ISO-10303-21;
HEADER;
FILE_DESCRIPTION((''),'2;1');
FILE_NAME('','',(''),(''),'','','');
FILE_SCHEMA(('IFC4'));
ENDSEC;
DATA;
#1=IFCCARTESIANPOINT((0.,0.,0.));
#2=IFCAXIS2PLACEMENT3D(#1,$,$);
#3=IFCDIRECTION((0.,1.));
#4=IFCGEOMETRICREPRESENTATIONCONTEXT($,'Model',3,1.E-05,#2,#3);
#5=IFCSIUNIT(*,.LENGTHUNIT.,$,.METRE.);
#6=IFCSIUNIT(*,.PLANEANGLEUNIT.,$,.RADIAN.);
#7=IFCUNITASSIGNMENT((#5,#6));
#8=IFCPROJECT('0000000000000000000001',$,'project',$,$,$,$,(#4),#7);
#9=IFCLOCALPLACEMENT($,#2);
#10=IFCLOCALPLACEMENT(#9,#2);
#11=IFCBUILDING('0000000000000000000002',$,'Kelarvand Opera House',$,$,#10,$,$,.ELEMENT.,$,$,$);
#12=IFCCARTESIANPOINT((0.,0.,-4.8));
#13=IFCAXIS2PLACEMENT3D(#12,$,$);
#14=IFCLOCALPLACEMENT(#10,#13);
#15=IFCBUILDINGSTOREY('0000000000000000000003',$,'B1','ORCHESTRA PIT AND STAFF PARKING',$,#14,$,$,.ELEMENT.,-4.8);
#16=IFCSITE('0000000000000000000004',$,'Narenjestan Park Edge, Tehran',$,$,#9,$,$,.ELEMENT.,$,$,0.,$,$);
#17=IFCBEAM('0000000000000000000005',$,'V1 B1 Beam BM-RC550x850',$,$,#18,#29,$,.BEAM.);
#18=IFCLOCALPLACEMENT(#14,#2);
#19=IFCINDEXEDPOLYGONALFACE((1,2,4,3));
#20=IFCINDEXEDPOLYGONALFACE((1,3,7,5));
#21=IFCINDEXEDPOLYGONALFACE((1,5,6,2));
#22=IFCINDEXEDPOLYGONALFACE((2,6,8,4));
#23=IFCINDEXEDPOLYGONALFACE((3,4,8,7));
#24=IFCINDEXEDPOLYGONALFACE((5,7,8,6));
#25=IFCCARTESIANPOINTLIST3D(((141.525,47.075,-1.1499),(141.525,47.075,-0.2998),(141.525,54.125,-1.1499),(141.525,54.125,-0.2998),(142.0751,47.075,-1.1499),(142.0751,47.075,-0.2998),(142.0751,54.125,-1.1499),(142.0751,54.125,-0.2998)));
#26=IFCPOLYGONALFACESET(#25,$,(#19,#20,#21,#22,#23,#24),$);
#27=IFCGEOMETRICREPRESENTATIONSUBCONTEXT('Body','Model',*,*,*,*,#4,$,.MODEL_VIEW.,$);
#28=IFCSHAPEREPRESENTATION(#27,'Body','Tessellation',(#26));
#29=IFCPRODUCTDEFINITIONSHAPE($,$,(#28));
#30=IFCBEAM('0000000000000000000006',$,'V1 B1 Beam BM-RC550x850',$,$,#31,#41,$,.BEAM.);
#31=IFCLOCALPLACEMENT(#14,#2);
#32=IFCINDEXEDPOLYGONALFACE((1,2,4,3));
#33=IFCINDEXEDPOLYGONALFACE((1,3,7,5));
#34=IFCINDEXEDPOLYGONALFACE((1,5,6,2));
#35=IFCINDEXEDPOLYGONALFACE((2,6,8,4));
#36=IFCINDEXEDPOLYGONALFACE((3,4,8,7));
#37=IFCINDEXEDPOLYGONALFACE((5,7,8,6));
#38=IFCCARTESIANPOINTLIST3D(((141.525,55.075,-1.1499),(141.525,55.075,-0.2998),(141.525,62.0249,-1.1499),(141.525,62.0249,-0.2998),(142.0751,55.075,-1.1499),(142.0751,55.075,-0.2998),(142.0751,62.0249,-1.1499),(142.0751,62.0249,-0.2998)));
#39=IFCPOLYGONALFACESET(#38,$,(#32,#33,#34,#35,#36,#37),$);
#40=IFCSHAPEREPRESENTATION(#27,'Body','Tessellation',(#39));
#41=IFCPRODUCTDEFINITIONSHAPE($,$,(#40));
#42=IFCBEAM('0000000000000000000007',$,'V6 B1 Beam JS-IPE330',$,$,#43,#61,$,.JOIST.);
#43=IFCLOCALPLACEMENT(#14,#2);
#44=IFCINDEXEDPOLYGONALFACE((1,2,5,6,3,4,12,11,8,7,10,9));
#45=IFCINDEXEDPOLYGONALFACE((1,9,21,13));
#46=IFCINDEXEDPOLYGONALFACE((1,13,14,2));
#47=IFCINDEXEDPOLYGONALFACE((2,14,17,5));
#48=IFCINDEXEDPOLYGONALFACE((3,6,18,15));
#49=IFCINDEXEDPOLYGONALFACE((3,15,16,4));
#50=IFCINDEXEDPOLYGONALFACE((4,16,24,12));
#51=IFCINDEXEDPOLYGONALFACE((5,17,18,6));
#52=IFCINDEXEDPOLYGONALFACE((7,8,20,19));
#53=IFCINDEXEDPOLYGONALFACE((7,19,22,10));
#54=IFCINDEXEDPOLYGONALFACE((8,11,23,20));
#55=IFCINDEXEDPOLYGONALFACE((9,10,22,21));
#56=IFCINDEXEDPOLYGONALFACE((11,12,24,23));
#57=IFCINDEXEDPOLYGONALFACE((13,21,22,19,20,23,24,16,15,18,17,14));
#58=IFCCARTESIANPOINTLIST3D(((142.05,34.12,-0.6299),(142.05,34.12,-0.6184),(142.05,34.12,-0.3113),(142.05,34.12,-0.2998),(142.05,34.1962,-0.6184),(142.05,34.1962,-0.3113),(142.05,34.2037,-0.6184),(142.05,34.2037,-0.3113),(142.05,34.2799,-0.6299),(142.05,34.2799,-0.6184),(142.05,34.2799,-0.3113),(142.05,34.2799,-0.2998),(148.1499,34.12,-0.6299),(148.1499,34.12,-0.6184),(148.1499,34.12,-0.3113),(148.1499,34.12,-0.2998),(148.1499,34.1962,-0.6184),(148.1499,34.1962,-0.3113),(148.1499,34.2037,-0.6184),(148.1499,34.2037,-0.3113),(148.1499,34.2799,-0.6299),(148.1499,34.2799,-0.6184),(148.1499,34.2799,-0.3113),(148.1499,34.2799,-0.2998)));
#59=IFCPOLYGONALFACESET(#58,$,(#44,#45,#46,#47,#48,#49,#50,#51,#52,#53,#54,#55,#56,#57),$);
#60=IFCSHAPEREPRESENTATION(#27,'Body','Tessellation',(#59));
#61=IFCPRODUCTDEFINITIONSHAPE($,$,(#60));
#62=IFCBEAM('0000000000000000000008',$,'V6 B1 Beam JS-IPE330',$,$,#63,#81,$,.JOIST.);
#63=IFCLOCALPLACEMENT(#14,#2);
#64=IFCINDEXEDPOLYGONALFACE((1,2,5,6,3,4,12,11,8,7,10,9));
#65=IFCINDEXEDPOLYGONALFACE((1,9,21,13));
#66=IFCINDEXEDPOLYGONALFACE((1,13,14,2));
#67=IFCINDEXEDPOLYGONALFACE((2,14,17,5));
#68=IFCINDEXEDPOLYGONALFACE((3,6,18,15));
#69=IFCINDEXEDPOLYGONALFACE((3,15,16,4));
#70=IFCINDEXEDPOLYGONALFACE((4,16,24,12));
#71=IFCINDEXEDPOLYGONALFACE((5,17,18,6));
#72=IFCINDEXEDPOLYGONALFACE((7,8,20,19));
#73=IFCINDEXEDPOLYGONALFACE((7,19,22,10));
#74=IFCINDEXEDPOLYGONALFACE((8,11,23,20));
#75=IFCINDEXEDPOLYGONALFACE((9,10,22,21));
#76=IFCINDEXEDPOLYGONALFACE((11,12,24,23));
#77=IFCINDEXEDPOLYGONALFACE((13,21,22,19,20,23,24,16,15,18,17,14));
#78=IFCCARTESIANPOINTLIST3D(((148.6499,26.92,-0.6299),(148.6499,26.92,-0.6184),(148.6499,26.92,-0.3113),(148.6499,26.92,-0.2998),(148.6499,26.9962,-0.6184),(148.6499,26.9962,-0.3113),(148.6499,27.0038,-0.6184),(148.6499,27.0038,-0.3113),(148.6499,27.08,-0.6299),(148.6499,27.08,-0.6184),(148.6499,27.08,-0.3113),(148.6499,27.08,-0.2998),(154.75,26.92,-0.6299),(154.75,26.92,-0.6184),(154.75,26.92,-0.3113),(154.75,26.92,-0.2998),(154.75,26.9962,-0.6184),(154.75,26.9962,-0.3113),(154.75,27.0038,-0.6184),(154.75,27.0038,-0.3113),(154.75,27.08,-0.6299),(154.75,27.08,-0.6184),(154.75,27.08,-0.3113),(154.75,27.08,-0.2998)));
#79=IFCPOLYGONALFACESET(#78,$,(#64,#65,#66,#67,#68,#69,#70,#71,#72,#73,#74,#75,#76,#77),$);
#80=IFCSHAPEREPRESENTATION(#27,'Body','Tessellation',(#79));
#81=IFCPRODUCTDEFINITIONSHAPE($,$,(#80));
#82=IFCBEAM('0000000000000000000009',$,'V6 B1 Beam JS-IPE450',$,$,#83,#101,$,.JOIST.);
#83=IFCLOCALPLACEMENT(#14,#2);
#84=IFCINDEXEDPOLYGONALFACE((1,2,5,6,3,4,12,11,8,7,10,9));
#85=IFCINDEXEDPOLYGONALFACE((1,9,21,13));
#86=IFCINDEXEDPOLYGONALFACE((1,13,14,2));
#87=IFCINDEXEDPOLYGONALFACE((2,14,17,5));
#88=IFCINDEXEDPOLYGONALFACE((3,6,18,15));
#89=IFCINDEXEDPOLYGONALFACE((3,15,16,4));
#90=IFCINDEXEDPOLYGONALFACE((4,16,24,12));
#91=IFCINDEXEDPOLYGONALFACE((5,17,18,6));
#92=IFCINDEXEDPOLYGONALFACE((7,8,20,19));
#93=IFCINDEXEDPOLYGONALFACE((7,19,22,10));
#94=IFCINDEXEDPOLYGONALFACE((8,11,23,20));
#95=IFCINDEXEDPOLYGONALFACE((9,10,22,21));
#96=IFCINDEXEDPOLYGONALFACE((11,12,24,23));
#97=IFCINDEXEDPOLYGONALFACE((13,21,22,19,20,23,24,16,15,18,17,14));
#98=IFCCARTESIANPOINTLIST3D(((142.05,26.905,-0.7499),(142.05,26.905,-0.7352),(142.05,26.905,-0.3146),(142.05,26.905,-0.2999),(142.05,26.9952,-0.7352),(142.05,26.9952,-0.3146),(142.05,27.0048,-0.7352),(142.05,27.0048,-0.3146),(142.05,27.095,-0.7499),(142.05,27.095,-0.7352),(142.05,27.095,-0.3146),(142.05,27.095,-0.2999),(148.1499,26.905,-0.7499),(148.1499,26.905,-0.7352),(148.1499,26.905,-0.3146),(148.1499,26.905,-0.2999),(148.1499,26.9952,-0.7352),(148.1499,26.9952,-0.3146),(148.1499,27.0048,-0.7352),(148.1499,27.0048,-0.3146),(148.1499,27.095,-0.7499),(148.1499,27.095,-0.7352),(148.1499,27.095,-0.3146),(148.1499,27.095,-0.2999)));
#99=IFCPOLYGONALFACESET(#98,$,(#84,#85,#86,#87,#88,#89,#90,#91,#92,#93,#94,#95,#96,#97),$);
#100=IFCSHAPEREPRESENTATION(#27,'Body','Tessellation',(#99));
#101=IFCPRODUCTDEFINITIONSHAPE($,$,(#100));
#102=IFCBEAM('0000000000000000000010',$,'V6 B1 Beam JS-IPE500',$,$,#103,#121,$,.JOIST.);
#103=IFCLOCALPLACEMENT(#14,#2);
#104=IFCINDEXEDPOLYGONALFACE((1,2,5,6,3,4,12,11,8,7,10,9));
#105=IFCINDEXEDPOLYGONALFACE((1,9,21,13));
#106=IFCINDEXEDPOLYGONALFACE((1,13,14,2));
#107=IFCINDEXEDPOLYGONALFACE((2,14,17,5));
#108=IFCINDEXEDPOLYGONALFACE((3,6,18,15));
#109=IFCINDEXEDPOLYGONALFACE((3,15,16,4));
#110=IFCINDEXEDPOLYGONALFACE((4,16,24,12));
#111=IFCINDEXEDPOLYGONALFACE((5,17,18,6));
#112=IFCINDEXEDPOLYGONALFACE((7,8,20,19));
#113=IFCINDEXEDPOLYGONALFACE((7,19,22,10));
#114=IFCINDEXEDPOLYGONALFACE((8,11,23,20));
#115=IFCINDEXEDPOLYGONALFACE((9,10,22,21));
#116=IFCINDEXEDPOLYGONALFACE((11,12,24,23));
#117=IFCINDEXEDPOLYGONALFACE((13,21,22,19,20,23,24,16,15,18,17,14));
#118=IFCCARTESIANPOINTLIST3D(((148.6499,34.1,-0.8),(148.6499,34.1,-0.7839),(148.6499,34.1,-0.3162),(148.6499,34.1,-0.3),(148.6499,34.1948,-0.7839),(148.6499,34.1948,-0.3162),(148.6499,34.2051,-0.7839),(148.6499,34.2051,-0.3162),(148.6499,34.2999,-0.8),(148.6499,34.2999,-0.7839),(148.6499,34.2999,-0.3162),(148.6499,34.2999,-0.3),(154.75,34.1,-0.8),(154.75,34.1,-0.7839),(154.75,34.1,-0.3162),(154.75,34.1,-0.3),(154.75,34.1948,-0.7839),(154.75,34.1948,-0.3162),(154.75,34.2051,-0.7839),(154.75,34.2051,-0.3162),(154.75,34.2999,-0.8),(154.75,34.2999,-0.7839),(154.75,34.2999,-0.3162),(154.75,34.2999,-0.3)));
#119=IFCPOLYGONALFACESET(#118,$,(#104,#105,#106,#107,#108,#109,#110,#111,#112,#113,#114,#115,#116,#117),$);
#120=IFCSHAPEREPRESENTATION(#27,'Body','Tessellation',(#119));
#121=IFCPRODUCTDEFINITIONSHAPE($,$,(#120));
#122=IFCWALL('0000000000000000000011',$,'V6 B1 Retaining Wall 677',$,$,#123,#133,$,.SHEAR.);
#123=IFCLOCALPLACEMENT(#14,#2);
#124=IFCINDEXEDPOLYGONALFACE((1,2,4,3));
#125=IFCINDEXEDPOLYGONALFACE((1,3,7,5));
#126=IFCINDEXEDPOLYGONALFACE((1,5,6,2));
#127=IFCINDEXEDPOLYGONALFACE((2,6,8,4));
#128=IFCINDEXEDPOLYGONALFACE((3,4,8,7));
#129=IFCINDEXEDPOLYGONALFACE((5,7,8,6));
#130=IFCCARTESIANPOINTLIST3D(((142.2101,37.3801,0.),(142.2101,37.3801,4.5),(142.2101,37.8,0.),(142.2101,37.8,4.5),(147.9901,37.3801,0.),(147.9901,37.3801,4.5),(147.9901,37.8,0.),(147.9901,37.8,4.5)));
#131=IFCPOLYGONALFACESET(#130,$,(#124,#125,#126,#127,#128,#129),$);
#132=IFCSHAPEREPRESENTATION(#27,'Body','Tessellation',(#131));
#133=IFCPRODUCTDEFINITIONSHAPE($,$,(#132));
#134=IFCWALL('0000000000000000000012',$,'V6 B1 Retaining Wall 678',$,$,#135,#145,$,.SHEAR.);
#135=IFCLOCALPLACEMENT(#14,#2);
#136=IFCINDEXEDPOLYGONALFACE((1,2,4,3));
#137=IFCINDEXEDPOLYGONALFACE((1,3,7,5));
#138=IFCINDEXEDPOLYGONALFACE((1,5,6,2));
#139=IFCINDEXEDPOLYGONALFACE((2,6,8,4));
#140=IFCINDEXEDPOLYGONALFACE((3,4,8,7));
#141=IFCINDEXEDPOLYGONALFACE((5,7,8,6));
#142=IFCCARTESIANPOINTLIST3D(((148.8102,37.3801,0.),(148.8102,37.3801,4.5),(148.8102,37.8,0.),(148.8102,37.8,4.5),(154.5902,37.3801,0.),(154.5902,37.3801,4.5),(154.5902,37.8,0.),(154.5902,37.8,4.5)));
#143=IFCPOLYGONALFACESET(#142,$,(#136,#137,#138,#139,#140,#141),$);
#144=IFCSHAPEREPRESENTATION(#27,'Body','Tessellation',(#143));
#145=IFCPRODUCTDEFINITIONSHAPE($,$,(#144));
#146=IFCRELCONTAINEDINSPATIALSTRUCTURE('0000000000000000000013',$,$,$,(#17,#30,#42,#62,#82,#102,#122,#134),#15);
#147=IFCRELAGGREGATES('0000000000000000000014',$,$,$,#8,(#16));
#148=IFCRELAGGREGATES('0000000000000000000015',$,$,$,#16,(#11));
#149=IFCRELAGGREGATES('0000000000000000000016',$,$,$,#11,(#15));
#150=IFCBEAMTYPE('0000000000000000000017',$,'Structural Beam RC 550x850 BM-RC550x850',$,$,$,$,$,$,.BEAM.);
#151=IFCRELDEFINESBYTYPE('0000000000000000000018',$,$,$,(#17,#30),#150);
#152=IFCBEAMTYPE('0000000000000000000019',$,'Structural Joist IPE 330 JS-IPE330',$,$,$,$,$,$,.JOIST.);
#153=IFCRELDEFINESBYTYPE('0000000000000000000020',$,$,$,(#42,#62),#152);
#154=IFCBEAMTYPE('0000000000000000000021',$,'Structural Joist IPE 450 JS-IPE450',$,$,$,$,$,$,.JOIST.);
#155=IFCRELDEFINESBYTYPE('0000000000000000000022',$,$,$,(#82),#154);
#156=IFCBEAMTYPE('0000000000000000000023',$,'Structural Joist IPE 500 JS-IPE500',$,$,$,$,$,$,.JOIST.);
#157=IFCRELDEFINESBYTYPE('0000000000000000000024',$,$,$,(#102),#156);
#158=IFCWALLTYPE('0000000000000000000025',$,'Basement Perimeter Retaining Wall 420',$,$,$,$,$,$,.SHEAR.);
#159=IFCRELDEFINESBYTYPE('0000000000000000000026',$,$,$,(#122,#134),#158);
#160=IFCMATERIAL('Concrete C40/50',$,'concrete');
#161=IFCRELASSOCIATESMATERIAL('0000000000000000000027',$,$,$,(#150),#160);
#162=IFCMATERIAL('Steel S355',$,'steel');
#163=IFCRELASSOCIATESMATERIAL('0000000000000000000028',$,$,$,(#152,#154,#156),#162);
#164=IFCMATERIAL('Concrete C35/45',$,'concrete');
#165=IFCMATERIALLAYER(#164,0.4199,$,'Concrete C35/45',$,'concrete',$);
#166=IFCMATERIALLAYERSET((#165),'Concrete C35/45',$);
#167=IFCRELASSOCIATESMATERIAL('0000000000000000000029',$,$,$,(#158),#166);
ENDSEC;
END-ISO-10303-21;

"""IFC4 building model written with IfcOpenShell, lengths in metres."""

from ifc_helpers import new_model, si_unit, direction, frame, frame_2d, origin, origin_2d, place, context, subcontext, project, spatial, rectangle, i_section, extrude, material, layer, layer_set, material_profile, profile_set, type_object, element, save


model = new_model("IFC4")

# Units and contexts
model_context = context("Model", 3, precision=1e-05, world=origin(), true_north=direction((0.0, 1.0)))
body_context = subcontext(model_context, "Body", "Model", "MODEL_VIEW")
ifc_project = project(units=[si_unit("LENGTHUNIT", "METRE"), si_unit("PLANEANGLEUNIT", "RADIAN")], contexts=[model_context])

# Site, building, storey
site_placement = place(None, origin())
site = spatial("IfcSite", under=ifc_project, at=site_placement, Name="Narenjestan Park Edge, Tehran", CompositionType="ELEMENT", RefElevation=0.0)
building_placement = place(site_placement, origin())
building = spatial("IfcBuilding", under=site, at=building_placement, Name="Kelarvand Opera House", CompositionType="ELEMENT")
storey_placement = place(building_placement, frame((0.0, 0.0, -4.8)))
storey = spatial("IfcBuildingStorey", under=building, at=storey_placement, Name="B1", Description="ORCHESTRA PIT AND STAFF PARKING", CompositionType="ELEMENT", Elevation=-4.8)

# Shared definitions
ifc_material_1 = material(Name="Concrete C40/50", Category="concrete")

# Beams
ifc_material_profile_1 = material_profile(ifc_material_1, rectangle(XDim=0.55, YDim=0.8501, at=origin_2d()), Name="RC 550x850", Category="concrete")
ifc_profile_set_1 = profile_set([ifc_material_profile_1], Name="Concrete C40/50")
beam_type_1 = type_object("IfcBeamType", Name="Structural Beam RC 550x850 BM-RC550x850", PredefinedType="BEAM", material=ifc_profile_set_1)
beam_1_placement = place(storey_placement, frame((141.8, 47.075, -0.7249), z_axis=(0.0, 1.0, 0.0), x_axis=(-1.0, 0.0, 0.0)))
element("IfcBeam", 1, at=beam_1_placement, inside=storey, type_object=beam_type_1, Name="V1 B1 Beam BM-RC550x850", PredefinedType="BEAM", context=body_context, shape_type="SweptSolid", body=[
    extrude(rectangle(XDim=0.55, YDim=0.8501, at=origin_2d()), origin(), (0.0, 0.0, 1.0), 7.05),
])
beam_2_placement = place(storey_placement, frame((141.8, 55.075, -0.7249), z_axis=(0.0, 1.0, 0.0), x_axis=(-1.0, 0.0, 0.0)))
element("IfcBeam", 2, at=beam_2_placement, inside=storey, type_object=beam_type_1, Name="V1 B1 Beam BM-RC550x850", PredefinedType="BEAM", context=body_context, shape_type="SweptSolid", body=[
    extrude(rectangle(XDim=0.55, YDim=0.8501, at=origin_2d()), origin(), (0.0, 0.0, 1.0), 6.95),
])
ifc_material_2 = material(Name="Steel S355", Category="steel")
ifc_material_profile_2 = material_profile(ifc_material_2, i_section(OverallWidth=0.1599, OverallDepth=0.3301, WebThickness=0.0076, FlangeThickness=0.0115, at=origin_2d()), Name="IPE 330", Category="steel")
ifc_profile_set_2 = profile_set([ifc_material_profile_2], Name="Steel S355")
beam_type_2 = type_object("IfcBeamType", Name="Structural Joist IPE 330 JS-IPE330", PredefinedType="JOIST", material=ifc_profile_set_2)
beam_3_placement = place(storey_placement, frame((142.05, 34.2, -0.4648), z_axis=(1.0, 0.0, 0.0), x_axis=(0.0, 1.0, 0.0)))
element("IfcBeam", 3, at=beam_3_placement, inside=storey, type_object=beam_type_2, Name="V6 B1 Beam JS-IPE330", PredefinedType="JOIST", context=body_context, shape_type="SweptSolid", body=[
    extrude(i_section(OverallWidth=0.1599, OverallDepth=0.3301, WebThickness=0.0076, FlangeThickness=0.0115, at=origin_2d()), origin(), (0.0, 0.0, 1.0), 6.0999),
])
beam_4_placement = place(storey_placement, frame((148.6499, 27.0, -0.4648), z_axis=(1.0, 0.0, 0.0), x_axis=(0.0, 1.0, 0.0)))
element("IfcBeam", 4, at=beam_4_placement, inside=storey, type_object=beam_type_2, Name="V6 B1 Beam JS-IPE330", PredefinedType="JOIST", context=body_context, shape_type="SweptSolid", body=[
    extrude(i_section(OverallWidth=0.1599, OverallDepth=0.3301, WebThickness=0.0076, FlangeThickness=0.0115, at=origin_2d()), origin(), (0.0, 0.0, 1.0), 6.1001),
])
ifc_material_profile_3 = material_profile(ifc_material_2, i_section(OverallWidth=0.1899, OverallDepth=0.45, WebThickness=0.0095, FlangeThickness=0.0146, at=origin_2d()), Name="IPE 450", Category="steel")
ifc_profile_set_3 = profile_set([ifc_material_profile_3], Name="Steel S355")
beam_type_3 = type_object("IfcBeamType", Name="Structural Joist IPE 450 JS-IPE450", PredefinedType="JOIST", material=ifc_profile_set_3)
beam_5_placement = place(storey_placement, frame((142.05, 27.0, -0.5249), z_axis=(1.0, 0.0, 0.0), x_axis=(0.0, 1.0, 0.0)))
element("IfcBeam", 5, at=beam_5_placement, inside=storey, type_object=beam_type_3, Name="V6 B1 Beam JS-IPE450", PredefinedType="JOIST", context=body_context, shape_type="SweptSolid", body=[
    extrude(i_section(OverallWidth=0.1899, OverallDepth=0.45, WebThickness=0.0095, FlangeThickness=0.0146, at=origin_2d()), origin(), (0.0, 0.0, 1.0), 6.0999),
])
ifc_material_profile_4 = material_profile(ifc_material_2, i_section(OverallWidth=0.2, OverallDepth=0.5, WebThickness=0.0103, FlangeThickness=0.0161, at=origin_2d()), Name="IPE 500", Category="steel")
ifc_profile_set_4 = profile_set([ifc_material_profile_4], Name="Steel S355")
beam_type_4 = type_object("IfcBeamType", Name="Structural Joist IPE 500 JS-IPE500", PredefinedType="JOIST", material=ifc_profile_set_4)
beam_6_placement = place(storey_placement, frame((148.6499, 34.2, -0.55), z_axis=(1.0, 0.0, 0.0), x_axis=(0.0, 1.0, 0.0)))
element("IfcBeam", 6, at=beam_6_placement, inside=storey, type_object=beam_type_4, Name="V6 B1 Beam JS-IPE500", PredefinedType="JOIST", context=body_context, shape_type="SweptSolid", body=[
    extrude(i_section(OverallWidth=0.2, OverallDepth=0.5, WebThickness=0.0103, FlangeThickness=0.0161, at=origin_2d()), origin(), (0.0, 0.0, 1.0), 6.1001),
])

# Walls
ifc_material_3 = material(Name="Concrete C35/45", Category="concrete")
ifc_layer = layer(ifc_material_3, 0.4199, Name="Concrete C35/45", Category="concrete")
ifc_layer_set = layer_set([ifc_layer], Name="Concrete C35/45")
wall_type = type_object("IfcWallType", Name="Basement Perimeter Retaining Wall 420", PredefinedType="SHEAR", material=ifc_layer_set)
for number, where, z_axis, x_axis, name in (
    (7, (142.21, 37.5901, 0.0), (0.0, 0.0, 1.0), (1.0, 0.0, 0.0), "V6 B1 Retaining Wall 677"),
    (8, (148.8101, 37.5901, 0.0), (0.0, 0.0, 1.0), (1.0, 0.0, 0.0), "V6 B1 Retaining Wall 678"),
):
    element("IfcWall", number, at=place(storey_placement, frame(where, z_axis=z_axis, x_axis=x_axis)), inside=storey, type_object=wall_type, Name=name, PredefinedType="SHEAR", context=body_context, shape_type="SweptSolid", body=[
        extrude(rectangle(XDim=5.78, YDim=0.4199, at=frame_2d((2.8901, 0.0))), origin(), (0.0, 0.0, 1.0), 4.5),
    ])

save(model, "model.ifc")
